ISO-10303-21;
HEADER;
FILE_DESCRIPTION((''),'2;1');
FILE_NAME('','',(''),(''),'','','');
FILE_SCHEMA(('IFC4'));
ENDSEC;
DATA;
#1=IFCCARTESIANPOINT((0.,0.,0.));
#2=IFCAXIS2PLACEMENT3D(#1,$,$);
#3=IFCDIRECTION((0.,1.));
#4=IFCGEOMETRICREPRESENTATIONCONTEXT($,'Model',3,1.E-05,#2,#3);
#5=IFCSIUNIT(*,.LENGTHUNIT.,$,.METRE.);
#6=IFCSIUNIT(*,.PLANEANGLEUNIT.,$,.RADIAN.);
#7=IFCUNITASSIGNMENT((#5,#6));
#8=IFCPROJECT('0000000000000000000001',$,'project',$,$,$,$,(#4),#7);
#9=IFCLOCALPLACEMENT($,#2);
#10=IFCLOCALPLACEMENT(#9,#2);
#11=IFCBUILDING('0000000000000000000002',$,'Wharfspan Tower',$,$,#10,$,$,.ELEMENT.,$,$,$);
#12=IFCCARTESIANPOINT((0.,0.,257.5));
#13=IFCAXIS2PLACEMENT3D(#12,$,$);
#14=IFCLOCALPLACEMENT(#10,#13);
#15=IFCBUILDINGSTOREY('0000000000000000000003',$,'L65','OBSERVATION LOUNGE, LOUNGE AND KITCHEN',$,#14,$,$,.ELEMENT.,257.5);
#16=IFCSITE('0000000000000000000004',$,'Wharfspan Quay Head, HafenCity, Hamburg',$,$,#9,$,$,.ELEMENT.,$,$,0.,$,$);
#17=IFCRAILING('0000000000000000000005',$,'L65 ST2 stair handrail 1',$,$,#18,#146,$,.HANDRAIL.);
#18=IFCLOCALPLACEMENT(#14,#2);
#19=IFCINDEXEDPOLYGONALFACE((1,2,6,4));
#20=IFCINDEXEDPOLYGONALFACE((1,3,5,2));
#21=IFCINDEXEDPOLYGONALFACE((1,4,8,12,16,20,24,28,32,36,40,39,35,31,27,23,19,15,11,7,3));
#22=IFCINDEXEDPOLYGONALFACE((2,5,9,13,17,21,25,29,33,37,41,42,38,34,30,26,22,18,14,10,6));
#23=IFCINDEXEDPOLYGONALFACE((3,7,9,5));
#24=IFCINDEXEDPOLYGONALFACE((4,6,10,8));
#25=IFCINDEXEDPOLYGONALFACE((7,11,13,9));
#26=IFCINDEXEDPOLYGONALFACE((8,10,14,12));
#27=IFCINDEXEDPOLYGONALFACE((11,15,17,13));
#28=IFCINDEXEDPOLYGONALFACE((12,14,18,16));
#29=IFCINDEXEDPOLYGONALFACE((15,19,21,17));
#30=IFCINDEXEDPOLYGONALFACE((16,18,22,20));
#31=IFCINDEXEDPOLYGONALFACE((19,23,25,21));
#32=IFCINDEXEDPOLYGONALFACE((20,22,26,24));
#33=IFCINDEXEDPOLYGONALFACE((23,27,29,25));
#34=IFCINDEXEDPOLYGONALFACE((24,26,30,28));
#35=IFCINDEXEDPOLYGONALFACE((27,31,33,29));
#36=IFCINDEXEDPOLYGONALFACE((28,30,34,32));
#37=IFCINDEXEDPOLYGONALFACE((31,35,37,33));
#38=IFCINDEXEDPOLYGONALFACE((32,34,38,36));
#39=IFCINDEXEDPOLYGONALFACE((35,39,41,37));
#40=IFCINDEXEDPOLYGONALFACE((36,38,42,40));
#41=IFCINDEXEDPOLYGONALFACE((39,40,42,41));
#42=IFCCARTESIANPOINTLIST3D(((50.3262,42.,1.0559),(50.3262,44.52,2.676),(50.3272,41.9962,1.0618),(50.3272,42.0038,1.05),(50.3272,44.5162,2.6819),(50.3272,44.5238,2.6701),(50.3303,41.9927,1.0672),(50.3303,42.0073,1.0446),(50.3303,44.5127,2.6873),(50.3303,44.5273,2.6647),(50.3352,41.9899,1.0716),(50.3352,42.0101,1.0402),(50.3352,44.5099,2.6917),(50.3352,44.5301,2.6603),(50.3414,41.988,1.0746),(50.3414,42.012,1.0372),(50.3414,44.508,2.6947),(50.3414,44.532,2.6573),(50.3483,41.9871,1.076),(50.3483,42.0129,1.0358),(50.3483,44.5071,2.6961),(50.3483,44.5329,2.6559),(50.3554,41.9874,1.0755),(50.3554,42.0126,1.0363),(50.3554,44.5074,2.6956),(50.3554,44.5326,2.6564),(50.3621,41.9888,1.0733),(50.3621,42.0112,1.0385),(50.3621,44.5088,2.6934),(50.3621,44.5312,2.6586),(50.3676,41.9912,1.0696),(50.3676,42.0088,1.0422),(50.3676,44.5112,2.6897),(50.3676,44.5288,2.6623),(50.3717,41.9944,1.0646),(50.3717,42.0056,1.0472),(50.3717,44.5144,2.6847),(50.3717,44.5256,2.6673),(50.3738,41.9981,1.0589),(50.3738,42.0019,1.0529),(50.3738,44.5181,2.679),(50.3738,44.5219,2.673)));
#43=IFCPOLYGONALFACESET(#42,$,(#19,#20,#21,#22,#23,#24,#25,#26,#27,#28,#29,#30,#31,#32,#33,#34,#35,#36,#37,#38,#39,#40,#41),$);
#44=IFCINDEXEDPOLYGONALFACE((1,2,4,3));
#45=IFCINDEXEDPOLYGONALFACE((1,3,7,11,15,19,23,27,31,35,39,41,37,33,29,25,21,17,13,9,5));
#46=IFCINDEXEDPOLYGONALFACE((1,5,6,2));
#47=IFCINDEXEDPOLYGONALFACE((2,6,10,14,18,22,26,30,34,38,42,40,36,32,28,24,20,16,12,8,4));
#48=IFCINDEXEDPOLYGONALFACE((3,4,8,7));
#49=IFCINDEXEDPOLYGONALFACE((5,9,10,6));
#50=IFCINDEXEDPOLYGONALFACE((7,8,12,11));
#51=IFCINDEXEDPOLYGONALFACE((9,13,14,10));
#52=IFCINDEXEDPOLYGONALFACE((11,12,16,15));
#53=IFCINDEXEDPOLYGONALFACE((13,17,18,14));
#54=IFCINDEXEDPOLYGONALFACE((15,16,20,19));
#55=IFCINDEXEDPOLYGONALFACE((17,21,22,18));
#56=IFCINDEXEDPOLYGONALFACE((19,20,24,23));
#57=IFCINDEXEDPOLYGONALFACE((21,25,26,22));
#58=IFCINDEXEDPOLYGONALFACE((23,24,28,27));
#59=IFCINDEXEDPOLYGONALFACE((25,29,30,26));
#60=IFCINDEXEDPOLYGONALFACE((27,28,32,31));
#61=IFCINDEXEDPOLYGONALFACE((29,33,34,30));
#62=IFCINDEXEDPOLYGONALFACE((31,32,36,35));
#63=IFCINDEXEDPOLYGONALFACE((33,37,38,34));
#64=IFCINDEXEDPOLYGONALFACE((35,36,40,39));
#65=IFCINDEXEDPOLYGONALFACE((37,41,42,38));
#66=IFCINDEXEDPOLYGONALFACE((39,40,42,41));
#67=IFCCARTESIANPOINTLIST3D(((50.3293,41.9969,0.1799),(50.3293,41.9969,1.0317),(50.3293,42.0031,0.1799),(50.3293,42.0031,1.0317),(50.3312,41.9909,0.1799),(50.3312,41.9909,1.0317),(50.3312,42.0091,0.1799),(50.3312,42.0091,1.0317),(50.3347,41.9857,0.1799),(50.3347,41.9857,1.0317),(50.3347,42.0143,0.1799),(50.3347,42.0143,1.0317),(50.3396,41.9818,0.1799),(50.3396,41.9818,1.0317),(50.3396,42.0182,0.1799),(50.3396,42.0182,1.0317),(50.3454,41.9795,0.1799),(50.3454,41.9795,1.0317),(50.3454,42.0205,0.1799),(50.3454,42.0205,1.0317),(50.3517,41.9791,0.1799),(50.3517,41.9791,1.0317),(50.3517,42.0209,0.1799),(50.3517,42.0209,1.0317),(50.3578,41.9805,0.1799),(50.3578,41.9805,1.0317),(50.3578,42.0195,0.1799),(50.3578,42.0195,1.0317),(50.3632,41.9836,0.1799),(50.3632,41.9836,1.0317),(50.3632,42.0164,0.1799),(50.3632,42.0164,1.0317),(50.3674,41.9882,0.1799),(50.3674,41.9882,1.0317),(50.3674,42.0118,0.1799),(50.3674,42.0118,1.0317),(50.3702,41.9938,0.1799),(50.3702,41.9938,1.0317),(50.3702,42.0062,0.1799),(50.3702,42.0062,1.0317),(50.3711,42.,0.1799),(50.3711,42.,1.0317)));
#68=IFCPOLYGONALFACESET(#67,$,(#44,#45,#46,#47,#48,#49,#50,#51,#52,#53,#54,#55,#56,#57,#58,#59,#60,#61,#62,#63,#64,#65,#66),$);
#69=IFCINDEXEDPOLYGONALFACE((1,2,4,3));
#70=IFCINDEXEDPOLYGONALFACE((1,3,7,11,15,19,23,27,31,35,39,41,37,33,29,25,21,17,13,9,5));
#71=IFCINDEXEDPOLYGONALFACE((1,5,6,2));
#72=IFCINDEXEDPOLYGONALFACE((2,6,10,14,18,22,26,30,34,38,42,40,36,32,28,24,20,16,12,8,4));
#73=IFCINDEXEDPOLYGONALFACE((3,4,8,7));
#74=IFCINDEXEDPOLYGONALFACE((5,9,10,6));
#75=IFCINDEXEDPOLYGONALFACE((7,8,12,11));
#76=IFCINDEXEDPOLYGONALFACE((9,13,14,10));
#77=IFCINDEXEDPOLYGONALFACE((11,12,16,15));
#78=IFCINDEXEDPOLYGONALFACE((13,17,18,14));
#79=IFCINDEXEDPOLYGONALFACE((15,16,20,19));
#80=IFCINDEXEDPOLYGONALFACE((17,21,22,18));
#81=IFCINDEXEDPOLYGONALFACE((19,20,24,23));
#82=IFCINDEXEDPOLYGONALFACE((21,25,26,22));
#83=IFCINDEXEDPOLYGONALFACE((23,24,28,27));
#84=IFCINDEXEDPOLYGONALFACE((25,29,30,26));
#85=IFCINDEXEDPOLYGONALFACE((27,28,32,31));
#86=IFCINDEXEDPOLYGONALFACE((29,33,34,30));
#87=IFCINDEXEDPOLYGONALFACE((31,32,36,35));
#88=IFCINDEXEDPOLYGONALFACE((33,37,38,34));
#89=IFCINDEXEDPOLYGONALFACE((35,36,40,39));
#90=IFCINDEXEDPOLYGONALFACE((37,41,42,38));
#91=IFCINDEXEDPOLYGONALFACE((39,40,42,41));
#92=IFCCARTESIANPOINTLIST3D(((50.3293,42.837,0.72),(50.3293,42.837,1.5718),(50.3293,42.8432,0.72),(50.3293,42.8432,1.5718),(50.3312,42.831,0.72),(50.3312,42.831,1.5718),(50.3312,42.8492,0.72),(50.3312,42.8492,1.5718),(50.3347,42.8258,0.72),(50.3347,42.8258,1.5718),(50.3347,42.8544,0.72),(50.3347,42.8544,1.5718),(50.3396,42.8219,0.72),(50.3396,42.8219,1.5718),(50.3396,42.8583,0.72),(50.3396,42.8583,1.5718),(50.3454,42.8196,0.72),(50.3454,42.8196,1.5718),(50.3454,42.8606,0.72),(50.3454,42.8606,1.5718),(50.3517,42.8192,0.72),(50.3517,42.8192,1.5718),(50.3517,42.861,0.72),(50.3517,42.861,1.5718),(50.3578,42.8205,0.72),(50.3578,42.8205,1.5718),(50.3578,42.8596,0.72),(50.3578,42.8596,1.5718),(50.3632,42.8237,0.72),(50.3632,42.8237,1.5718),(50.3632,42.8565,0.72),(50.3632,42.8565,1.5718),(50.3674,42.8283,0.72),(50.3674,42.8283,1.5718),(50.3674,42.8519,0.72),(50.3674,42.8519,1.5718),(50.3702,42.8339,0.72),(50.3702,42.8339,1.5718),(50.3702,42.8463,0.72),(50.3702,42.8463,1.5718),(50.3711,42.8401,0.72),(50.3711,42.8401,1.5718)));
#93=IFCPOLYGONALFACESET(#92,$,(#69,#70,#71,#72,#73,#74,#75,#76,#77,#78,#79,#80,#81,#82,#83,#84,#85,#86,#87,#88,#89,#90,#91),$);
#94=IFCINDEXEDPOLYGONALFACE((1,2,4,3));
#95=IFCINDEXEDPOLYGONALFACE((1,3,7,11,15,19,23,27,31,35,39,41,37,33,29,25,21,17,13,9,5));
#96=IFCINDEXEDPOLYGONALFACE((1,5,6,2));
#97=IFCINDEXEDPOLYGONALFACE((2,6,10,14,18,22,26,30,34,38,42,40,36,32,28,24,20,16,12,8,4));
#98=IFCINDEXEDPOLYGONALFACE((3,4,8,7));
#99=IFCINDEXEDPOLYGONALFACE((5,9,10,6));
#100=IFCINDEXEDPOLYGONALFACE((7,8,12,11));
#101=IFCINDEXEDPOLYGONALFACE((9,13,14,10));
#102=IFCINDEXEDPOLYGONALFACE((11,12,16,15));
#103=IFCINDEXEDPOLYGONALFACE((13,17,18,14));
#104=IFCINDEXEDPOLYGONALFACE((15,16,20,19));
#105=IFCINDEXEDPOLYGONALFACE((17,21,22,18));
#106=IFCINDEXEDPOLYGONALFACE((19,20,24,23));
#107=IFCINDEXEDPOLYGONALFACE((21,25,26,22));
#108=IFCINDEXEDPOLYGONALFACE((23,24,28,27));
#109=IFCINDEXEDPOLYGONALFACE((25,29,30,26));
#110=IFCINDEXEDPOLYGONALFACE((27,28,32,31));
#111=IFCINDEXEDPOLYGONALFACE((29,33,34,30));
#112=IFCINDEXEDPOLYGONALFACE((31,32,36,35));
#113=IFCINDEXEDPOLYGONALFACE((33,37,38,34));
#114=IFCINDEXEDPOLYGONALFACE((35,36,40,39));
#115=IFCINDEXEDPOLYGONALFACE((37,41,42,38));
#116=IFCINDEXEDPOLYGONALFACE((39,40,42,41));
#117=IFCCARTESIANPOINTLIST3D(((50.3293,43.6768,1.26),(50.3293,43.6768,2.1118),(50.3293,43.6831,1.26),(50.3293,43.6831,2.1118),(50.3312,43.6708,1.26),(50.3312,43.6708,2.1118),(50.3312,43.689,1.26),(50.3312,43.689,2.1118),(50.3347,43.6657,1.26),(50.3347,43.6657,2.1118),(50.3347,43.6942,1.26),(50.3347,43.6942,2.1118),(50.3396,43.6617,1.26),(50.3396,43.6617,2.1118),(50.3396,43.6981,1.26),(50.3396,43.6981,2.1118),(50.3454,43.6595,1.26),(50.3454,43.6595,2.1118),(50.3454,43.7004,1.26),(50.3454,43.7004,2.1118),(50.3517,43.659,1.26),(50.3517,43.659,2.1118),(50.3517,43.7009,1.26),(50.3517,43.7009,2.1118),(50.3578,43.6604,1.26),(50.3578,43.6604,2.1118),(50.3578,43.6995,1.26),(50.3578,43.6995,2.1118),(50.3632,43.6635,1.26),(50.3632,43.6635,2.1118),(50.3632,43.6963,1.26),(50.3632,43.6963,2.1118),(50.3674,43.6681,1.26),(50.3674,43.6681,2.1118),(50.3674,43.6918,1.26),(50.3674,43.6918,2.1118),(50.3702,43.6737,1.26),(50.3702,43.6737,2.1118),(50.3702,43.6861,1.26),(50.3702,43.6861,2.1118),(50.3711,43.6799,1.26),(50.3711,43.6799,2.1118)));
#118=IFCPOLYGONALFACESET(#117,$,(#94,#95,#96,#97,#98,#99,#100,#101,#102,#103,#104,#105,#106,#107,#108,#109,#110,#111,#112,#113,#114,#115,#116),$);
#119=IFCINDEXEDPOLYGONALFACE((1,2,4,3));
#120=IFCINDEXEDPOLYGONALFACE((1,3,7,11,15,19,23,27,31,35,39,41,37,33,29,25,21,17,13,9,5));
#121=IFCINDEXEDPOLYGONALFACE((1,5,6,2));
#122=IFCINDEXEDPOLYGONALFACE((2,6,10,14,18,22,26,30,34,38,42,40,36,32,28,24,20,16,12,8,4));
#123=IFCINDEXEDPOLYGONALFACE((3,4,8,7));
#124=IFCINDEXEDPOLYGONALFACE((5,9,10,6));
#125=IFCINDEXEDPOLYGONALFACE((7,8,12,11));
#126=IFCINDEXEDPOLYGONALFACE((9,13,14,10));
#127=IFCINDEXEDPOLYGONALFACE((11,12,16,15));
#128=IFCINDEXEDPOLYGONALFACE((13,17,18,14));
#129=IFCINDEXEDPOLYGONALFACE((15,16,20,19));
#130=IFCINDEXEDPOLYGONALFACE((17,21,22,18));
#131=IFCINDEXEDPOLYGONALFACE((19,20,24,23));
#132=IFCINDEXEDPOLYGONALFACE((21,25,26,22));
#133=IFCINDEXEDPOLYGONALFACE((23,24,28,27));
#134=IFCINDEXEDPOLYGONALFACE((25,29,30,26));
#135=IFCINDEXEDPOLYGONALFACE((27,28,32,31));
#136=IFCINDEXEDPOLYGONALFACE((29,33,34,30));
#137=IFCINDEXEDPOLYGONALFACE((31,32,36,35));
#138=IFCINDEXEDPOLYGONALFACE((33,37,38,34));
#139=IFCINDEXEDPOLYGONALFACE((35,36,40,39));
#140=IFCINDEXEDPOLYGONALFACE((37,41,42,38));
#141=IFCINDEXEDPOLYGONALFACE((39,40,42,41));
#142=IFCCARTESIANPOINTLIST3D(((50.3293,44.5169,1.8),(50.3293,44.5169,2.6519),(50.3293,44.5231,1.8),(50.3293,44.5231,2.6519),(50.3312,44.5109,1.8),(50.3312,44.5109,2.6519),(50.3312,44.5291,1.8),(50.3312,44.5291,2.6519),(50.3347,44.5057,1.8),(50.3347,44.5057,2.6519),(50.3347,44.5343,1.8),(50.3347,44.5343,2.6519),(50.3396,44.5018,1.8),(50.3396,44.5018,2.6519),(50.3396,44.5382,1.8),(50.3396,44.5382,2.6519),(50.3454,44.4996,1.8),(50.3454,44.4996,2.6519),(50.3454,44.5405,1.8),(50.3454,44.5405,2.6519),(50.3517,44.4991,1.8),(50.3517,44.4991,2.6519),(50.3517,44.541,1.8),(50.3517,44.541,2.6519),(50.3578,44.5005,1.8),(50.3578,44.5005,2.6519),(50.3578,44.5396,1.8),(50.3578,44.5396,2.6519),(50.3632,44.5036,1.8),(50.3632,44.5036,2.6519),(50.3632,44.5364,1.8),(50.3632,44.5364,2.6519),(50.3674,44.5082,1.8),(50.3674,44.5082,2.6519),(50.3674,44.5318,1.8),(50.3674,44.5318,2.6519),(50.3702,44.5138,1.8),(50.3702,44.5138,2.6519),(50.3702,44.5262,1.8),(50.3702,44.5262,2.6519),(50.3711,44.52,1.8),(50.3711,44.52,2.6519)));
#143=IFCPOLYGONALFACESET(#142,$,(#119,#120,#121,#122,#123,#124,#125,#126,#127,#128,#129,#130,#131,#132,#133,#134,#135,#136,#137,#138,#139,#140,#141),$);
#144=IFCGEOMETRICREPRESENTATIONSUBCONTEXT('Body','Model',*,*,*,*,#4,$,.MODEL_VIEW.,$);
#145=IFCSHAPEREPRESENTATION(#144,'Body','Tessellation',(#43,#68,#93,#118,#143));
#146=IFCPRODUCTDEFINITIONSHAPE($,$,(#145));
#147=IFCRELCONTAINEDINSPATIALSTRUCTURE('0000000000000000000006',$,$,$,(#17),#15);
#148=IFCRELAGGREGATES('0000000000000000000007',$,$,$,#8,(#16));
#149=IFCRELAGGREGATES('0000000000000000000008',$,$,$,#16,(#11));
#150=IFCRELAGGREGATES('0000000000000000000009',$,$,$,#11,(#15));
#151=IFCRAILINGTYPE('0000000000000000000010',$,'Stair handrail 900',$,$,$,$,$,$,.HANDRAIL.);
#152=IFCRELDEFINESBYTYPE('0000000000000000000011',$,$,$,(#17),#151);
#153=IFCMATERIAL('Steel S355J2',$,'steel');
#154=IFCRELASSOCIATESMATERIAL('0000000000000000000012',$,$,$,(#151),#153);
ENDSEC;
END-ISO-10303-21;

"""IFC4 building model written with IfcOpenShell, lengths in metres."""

from ifc_helpers import new_model, si_unit, direction, frame, origin, origin_2d, place, context, subcontext, project, spatial, circle, extrude, material, type_object, element, save


model = new_model("IFC4")

# Units and contexts
model_context = context("Model", 3, precision=1e-05, world=origin(), true_north=direction((0.0, 1.0)))
body_context = subcontext(model_context, "Body", "Model", "MODEL_VIEW")
ifc_project = project(units=[si_unit("LENGTHUNIT", "METRE"), si_unit("PLANEANGLEUNIT", "RADIAN")], contexts=[model_context])

# Site, building, storey
site_placement = place(None, origin())
site = spatial("IfcSite", under=ifc_project, at=site_placement, Name="Wharfspan Quay Head, HafenCity, Hamburg", CompositionType="ELEMENT", RefElevation=0.0)
building_placement = place(site_placement, origin())
building = spatial("IfcBuilding", under=site, at=building_placement, Name="Wharfspan Tower", CompositionType="ELEMENT")
storey_placement = place(building_placement, frame((0.0, 0.0, 257.5)))
storey = spatial("IfcBuildingStorey", under=building, at=storey_placement, Name="L65", Description="OBSERVATION LOUNGE, LOUNGE AND KITCHEN", CompositionType="ELEMENT", Elevation=257.5)

# Shared definitions
ifc_material_1 = material(Name="Steel S355J2", Category="steel")

# Railing
railing_type_1 = type_object("IfcRailingType", Name="Stair handrail 900", PredefinedType="HANDRAIL", material=ifc_material_1)
railing_1_placement = place(storey_placement, frame((50.3501, 42.0, 0.1799)))
element("IfcRailing", 1, at=railing_1_placement, inside=storey, type_object=railing_type_1, Name="L65 ST2 stair handrail 1", PredefinedType="HANDRAIL", context=body_context, shape_type="SweptSolid", body=[
    extrude(circle(Radius=0.0239, at=origin_2d()), frame((0.0, 0.0, 0.876), z_axis=(0.0, 0.841163, 0.540782), x_axis=(-1.0, 0.0, 0.0)), (0.0, 0.0, 1.0), 2.9958),
    extrude(circle(Radius=0.021, at=origin_2d()), origin(), (0.0, 0.0, 1.0), 0.8518),
    extrude(circle(Radius=0.021, at=origin_2d()), frame((0.0, 0.8401, 0.54)), (0.0, 0.0, 1.0), 0.8518),
    extrude(circle(Radius=0.021, at=origin_2d()), frame((0.0, 1.6799, 1.0801)), (0.0, 0.0, 1.0), 0.8518),
    extrude(circle(Radius=0.021, at=origin_2d()), frame((0.0, 2.52, 1.6201)), (0.0, 0.0, 1.0), 0.8518),
])

save(model, "model.ifc")
